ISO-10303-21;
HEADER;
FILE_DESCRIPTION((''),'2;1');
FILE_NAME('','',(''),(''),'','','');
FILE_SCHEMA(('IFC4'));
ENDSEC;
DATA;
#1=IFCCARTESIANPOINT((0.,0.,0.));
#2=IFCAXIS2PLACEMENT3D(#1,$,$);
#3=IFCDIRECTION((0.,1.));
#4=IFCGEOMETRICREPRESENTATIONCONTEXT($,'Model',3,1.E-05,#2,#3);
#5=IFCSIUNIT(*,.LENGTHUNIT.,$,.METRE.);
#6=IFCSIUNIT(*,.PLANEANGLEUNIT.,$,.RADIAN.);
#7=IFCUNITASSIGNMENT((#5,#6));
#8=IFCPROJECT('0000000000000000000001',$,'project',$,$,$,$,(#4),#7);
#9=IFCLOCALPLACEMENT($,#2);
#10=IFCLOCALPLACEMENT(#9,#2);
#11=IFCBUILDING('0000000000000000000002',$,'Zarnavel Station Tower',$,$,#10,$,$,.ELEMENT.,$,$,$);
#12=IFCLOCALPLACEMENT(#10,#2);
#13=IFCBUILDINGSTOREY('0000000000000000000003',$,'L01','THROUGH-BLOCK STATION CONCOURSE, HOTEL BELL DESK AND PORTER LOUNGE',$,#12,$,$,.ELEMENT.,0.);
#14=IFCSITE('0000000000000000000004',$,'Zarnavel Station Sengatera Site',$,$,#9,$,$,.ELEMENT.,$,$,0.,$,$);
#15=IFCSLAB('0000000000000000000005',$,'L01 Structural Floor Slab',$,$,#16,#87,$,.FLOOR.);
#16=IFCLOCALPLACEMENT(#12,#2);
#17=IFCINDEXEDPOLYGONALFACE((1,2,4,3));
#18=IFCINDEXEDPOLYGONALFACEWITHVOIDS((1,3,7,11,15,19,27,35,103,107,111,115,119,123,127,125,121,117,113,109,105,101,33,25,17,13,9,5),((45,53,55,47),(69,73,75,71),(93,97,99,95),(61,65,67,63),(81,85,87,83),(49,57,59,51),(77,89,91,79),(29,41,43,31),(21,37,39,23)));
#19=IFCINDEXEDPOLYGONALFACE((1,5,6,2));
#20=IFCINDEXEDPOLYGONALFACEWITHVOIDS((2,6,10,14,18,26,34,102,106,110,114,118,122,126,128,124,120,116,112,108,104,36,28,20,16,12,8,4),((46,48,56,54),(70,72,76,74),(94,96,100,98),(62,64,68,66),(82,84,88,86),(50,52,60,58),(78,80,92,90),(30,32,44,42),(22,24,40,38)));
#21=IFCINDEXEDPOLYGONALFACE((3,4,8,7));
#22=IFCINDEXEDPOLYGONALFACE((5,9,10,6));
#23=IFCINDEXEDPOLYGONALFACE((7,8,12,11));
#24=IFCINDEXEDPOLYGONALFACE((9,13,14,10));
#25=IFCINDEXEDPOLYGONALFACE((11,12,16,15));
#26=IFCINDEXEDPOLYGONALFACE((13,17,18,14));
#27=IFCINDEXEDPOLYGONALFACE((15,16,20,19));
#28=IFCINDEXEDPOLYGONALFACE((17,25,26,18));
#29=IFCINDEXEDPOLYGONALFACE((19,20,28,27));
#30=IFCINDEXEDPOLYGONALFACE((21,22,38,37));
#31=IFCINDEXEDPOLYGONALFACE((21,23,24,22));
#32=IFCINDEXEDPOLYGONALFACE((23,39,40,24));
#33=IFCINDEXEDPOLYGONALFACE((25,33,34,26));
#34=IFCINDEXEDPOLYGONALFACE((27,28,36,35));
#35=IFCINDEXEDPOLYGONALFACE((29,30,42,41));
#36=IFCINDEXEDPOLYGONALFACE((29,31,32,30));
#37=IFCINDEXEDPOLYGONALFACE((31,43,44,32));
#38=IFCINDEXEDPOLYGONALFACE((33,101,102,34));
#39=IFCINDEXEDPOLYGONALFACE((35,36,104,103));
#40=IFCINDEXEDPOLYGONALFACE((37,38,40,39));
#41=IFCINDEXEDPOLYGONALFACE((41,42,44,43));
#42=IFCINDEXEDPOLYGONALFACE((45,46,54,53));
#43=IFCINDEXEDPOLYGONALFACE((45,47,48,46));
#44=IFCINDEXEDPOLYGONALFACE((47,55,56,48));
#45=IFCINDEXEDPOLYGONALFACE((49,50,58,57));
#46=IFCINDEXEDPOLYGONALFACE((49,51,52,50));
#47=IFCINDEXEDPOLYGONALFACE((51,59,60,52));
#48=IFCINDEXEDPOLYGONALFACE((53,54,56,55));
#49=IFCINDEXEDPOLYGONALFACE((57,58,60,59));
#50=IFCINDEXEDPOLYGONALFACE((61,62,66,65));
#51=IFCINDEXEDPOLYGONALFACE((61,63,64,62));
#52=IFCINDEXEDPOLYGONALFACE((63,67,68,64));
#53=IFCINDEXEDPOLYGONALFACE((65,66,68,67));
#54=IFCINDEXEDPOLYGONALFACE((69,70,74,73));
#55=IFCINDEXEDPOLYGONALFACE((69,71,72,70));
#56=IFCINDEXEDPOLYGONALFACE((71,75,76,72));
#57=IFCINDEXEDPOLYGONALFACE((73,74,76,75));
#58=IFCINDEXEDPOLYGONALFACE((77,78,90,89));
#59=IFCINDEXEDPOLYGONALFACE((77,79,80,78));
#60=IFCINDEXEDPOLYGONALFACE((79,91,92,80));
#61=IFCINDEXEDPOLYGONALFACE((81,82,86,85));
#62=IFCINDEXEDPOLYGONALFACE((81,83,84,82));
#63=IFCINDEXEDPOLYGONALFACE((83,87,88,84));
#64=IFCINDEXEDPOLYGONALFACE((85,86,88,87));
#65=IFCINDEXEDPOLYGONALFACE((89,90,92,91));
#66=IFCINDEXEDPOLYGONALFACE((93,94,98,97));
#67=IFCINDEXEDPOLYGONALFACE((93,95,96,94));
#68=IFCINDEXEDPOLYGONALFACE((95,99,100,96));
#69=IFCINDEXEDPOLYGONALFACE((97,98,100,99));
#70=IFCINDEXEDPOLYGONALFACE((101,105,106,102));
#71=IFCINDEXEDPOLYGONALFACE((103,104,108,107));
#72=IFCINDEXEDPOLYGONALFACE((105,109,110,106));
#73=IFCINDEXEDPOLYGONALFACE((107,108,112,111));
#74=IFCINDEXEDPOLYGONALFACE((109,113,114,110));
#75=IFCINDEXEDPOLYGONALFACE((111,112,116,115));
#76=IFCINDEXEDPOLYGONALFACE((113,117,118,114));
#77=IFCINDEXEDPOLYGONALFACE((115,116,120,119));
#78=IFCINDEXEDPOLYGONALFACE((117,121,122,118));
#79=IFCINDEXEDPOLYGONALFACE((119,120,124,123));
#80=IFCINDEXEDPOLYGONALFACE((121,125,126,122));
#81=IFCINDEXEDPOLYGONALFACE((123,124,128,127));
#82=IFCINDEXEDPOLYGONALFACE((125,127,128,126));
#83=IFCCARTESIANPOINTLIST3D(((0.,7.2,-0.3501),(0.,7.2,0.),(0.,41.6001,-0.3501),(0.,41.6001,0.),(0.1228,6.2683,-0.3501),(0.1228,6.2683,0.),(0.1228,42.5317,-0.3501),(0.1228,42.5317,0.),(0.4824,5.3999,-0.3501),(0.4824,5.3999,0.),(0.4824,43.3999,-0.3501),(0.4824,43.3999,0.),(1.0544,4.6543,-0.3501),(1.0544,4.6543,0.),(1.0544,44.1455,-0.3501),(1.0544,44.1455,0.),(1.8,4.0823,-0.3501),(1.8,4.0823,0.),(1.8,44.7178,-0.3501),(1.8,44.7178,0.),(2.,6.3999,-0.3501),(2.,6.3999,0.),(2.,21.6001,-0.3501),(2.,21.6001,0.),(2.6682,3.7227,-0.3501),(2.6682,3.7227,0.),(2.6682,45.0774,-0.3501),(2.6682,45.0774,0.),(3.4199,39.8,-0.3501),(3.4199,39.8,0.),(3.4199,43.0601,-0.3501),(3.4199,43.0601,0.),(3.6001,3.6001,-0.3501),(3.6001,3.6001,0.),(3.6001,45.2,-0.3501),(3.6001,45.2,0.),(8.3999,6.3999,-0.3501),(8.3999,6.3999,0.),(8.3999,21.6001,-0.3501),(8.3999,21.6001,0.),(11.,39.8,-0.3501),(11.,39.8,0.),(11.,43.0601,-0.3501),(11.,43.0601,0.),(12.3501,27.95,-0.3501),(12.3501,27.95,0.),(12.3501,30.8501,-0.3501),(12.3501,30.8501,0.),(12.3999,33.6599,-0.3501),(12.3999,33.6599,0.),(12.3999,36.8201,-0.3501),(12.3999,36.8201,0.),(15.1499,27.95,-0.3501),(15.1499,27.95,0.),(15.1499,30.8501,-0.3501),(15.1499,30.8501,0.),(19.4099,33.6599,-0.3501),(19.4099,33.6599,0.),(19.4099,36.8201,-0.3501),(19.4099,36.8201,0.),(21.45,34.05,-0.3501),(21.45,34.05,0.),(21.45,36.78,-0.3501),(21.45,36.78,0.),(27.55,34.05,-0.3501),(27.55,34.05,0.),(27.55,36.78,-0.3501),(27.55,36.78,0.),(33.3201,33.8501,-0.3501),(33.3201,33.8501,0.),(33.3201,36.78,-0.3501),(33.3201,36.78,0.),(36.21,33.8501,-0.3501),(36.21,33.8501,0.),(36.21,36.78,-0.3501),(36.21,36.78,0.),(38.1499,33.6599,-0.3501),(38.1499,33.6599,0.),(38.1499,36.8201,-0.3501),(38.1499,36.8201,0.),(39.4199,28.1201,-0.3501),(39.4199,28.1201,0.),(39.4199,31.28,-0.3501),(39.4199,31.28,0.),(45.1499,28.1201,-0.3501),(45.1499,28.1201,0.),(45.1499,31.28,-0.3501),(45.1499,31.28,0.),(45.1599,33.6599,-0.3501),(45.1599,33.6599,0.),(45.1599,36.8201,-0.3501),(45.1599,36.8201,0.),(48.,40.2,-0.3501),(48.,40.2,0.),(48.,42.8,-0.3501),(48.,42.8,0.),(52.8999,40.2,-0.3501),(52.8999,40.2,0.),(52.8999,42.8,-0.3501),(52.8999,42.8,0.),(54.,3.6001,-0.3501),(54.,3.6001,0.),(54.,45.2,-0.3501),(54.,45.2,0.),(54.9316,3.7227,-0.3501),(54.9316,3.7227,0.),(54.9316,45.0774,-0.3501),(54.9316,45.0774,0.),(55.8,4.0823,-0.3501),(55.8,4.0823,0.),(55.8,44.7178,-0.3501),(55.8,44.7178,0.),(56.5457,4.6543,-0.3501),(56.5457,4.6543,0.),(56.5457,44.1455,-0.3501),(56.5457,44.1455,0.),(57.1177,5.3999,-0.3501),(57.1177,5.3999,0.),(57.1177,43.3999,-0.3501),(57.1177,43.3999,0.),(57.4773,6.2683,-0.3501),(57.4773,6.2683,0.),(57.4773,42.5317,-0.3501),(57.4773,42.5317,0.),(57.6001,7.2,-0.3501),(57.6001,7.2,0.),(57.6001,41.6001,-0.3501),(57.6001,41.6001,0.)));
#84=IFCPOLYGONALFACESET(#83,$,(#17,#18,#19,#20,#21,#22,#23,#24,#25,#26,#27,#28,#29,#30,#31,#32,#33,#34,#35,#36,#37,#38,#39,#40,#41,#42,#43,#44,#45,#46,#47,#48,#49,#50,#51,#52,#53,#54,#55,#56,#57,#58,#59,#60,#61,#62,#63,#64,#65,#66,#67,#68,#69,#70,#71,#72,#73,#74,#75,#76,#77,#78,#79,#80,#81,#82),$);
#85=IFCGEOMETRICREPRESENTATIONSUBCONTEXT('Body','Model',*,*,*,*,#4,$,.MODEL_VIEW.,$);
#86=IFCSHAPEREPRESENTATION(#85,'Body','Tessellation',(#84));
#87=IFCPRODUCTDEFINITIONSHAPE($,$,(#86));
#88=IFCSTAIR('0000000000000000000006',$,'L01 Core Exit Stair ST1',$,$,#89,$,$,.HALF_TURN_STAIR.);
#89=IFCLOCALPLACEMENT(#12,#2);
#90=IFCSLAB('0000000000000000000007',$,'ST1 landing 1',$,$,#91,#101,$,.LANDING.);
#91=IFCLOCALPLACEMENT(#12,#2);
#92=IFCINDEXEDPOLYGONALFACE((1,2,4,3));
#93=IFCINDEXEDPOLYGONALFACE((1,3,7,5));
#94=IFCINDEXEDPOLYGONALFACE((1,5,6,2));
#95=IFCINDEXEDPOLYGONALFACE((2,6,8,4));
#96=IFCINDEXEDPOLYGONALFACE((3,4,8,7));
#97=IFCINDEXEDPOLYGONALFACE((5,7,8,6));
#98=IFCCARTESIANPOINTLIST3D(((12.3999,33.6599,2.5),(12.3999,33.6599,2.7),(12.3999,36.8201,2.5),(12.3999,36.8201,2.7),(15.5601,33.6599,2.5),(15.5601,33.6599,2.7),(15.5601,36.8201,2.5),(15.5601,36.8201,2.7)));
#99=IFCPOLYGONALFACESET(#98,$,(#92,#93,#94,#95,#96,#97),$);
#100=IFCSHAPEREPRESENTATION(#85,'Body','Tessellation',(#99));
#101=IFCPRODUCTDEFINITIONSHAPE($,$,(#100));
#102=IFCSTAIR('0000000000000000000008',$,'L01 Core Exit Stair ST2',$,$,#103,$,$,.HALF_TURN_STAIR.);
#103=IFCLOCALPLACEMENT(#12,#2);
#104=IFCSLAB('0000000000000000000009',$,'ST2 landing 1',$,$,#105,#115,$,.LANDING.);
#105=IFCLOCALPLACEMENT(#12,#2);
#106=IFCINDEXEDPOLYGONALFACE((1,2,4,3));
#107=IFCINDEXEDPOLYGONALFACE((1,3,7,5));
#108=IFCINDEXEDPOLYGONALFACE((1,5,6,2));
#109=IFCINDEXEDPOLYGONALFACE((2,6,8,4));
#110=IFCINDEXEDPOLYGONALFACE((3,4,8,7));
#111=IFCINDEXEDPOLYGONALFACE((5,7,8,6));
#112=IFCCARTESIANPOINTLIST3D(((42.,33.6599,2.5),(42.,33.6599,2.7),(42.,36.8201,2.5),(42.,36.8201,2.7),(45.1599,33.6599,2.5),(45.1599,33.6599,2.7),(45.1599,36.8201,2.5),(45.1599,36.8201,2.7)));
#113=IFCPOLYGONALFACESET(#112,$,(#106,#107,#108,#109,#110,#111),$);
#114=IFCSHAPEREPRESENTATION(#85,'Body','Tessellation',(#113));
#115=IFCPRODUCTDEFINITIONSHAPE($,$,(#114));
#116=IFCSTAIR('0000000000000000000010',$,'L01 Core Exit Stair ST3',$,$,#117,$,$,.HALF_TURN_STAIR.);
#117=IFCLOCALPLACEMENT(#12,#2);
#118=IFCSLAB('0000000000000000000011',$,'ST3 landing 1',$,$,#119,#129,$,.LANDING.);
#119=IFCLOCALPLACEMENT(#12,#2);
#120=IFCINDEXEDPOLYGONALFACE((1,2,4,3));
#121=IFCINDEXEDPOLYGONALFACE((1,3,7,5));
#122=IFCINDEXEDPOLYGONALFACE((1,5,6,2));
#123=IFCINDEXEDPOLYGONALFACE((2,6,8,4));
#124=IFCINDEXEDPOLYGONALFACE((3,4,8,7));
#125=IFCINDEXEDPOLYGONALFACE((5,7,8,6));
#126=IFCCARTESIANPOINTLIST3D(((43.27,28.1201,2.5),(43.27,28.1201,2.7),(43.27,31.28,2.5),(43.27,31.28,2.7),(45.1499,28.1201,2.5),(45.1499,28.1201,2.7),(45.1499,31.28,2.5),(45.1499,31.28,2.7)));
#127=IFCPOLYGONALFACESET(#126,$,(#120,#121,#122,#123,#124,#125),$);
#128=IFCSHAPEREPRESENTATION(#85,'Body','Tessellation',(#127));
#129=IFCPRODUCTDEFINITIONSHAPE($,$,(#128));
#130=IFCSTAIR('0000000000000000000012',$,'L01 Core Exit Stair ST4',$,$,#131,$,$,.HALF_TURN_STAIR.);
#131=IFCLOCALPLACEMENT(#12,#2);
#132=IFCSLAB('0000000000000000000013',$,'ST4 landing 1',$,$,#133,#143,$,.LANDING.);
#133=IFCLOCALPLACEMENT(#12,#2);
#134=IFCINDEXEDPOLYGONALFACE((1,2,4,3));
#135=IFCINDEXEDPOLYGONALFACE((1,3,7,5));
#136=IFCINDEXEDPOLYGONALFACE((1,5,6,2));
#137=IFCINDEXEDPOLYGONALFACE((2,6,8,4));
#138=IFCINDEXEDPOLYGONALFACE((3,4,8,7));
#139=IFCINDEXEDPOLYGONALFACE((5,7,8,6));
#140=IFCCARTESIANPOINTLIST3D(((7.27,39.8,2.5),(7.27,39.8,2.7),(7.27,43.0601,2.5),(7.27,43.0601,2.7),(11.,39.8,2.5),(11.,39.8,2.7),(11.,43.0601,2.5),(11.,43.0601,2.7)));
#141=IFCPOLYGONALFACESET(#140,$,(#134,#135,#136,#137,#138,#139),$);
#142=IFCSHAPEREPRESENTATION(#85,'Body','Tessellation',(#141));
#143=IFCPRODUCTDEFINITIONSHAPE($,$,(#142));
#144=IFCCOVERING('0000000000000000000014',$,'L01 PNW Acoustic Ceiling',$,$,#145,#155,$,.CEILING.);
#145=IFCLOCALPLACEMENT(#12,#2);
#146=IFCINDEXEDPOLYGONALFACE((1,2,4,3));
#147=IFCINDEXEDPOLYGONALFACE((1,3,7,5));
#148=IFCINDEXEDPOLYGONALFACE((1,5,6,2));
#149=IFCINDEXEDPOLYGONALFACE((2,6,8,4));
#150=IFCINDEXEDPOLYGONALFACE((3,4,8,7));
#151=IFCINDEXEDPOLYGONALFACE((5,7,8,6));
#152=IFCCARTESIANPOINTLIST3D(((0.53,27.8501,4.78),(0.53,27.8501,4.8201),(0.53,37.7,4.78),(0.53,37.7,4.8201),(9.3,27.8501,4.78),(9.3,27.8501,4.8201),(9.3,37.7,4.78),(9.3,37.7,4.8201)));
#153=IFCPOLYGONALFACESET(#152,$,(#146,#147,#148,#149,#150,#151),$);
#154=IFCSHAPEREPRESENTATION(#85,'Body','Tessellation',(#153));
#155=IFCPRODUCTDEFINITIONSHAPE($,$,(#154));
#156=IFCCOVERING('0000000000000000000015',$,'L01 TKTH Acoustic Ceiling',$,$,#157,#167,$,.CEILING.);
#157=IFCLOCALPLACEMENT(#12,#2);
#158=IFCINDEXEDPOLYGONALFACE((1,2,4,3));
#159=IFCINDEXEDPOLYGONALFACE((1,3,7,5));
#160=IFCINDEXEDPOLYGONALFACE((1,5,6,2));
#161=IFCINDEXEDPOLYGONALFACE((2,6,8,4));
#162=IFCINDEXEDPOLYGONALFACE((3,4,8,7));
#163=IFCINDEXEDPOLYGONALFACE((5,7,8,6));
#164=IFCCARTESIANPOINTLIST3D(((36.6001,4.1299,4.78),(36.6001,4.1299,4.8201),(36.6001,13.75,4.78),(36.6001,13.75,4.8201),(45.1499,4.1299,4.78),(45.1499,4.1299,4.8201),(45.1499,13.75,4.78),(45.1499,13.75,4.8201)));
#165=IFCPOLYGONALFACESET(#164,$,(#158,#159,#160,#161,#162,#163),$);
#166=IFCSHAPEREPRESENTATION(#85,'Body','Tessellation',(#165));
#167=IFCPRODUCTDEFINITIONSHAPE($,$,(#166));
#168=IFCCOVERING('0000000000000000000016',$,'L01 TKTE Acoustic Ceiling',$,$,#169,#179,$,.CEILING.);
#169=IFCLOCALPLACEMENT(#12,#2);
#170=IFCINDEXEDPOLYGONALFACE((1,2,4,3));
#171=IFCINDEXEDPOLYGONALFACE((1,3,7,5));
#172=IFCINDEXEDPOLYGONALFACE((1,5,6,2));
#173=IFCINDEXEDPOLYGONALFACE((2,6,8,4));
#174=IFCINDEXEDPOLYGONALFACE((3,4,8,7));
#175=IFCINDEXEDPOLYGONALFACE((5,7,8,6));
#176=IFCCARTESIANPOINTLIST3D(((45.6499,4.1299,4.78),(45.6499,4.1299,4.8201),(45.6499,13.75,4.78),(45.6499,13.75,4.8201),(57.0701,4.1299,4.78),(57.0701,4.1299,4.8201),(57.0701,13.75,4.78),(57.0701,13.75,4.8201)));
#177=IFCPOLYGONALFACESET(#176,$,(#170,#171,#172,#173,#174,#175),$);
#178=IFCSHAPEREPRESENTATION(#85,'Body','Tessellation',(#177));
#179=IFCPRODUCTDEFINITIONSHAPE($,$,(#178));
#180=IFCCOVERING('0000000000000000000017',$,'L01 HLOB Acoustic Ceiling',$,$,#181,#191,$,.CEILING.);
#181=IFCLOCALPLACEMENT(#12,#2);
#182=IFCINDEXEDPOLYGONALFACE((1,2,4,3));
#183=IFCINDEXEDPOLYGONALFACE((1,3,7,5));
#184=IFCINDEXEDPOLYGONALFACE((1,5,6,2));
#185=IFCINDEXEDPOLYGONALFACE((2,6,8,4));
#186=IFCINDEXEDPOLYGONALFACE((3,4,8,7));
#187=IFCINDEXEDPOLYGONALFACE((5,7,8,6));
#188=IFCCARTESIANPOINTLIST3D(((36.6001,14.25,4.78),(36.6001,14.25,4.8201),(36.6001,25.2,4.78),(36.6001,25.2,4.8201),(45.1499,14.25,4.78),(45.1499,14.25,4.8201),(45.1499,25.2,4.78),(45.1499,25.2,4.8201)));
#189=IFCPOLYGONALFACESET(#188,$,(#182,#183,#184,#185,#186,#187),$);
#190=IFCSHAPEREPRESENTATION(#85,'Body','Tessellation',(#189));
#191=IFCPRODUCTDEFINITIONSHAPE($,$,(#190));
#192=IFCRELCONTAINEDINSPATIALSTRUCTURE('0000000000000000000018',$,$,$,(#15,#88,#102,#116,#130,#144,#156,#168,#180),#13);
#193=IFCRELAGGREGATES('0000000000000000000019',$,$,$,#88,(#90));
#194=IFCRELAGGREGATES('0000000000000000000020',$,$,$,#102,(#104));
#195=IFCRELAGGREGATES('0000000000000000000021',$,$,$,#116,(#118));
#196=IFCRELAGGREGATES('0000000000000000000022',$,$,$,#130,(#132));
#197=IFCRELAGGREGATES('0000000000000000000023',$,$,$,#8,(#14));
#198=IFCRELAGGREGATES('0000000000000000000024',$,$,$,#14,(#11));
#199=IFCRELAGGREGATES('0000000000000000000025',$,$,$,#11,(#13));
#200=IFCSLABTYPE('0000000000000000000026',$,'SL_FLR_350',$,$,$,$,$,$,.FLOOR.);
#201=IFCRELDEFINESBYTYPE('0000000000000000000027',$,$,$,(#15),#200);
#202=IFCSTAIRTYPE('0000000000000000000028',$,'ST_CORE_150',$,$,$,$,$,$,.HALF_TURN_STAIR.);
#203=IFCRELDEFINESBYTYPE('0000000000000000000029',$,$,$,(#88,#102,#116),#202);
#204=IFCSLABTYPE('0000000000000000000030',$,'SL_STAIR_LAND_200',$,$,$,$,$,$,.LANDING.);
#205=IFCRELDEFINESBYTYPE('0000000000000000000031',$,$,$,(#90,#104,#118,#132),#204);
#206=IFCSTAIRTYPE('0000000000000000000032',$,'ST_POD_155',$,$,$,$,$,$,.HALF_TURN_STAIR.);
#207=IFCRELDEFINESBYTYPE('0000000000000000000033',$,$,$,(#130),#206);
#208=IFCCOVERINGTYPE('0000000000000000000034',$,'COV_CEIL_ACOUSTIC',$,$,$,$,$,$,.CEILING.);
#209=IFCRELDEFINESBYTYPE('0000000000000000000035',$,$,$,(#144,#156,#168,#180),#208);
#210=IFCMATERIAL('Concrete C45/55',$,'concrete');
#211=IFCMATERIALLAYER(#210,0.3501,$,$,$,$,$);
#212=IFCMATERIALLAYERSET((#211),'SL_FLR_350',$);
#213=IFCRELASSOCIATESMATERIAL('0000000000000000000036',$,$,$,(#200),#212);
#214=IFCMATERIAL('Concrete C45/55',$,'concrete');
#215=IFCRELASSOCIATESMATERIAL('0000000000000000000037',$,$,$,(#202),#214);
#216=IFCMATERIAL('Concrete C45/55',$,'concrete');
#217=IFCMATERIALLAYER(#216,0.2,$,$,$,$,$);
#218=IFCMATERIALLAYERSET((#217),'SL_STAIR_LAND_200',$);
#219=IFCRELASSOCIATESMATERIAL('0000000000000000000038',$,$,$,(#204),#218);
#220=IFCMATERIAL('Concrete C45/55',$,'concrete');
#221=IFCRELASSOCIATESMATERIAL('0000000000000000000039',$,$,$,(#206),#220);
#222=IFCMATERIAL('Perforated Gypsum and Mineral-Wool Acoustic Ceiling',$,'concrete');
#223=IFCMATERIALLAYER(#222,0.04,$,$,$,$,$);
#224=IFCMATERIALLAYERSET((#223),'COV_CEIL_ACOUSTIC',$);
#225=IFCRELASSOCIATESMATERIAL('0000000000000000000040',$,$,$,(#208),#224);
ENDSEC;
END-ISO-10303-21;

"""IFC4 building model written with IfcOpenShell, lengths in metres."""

from ifc_helpers import new_model, si_unit, direction, frame, origin, place, context, subcontext, project, spatial, polyline, outline, extrude, material, layer, layer_set, type_object, element, aggregate, save


model = new_model("IFC4")

# Units and contexts
model_context = context("Model", 3, precision=1e-05, world=origin(), true_north=direction((0.0, 1.0)))
body_context = subcontext(model_context, "Body", "Model", "MODEL_VIEW")
ifc_project = project(units=[si_unit("LENGTHUNIT", "METRE"), si_unit("PLANEANGLEUNIT", "RADIAN")], contexts=[model_context])

# Site, building, storey
site_placement = place(None, origin())
site = spatial("IfcSite", under=ifc_project, at=site_placement, Name="Zarnavel Station Sengatera Site", CompositionType="ELEMENT", RefElevation=0.0)
building_placement = place(site_placement, origin())
building = spatial("IfcBuilding", under=site, at=building_placement, Name="Zarnavel Station Tower", CompositionType="ELEMENT")
storey_placement = place(building_placement, origin())
storey = spatial("IfcBuildingStorey", under=building, at=storey_placement, Name="L01", Description="THROUGH-BLOCK STATION CONCOURSE, HOTEL BELL DESK AND PORTER LOUNGE", CompositionType="ELEMENT", Elevation=0.0)

# Slab
ifc_material_1 = material(Name="Concrete C45/55", Category="concrete")
ifc_layer_1 = layer(ifc_material_1, 0.3501)
ifc_layer_set_1 = layer_set([ifc_layer_1], Name="SL_FLR_350")
slab_type_1 = type_object("IfcSlabType", Name="SL_FLR_350", PredefinedType="FLOOR", material=ifc_layer_set_1)
slab_1_placement = place(storey_placement, frame((0.0, 0.0, -0.3501)))
element("IfcSlab", 1, at=slab_1_placement, inside=storey, type_object=slab_type_1, Name="L01 Structural Floor Slab", PredefinedType="FLOOR", context=body_context, shape_type="SweptSolid", body=[
    extrude(outline(polyline([(54.0, 3.6001), (54.9316, 3.7227), (55.8, 4.0823), (56.5457, 4.6543), (57.1177, 5.3999), (57.4773, 6.2683), (57.6001, 7.2), (57.6001, 41.6001), (57.4773, 42.5317), (57.1177, 43.3999), (56.5457, 44.1455), (55.8, 44.7178), (54.9316, 45.0774), (54.0, 45.2), (3.6001, 45.2), (2.6682, 45.0774), (1.8, 44.7178), (1.0544, 44.1455), (0.4824, 43.3999), (0.1228, 42.5317), (0.0, 41.6001), (0.0, 7.2), (0.1228, 6.2683), (0.4824, 5.3999), (1.0544, 4.6543), (1.8, 4.0823), (2.6682, 3.7227), (3.6001, 3.6001), (54.0, 3.6001)]), holes=[polyline([(12.3999, 33.6599), (19.4099, 33.6599), (19.4099, 36.8201), (12.3999, 36.8201), (12.3999, 33.6599)]), polyline([(38.1499, 33.6599), (45.1599, 33.6599), (45.1599, 36.8201), (38.1499, 36.8201), (38.1499, 33.6599)]), polyline([(39.4199, 28.1201), (45.1499, 28.1201), (45.1499, 31.28), (39.4199, 31.28), (39.4199, 28.1201)]), polyline([(3.4199, 39.8), (11.0, 39.8), (11.0, 43.0601), (3.4199, 43.0601), (3.4199, 39.8)]), polyline([(12.3501, 27.95), (15.1499, 27.95), (15.1499, 30.8501), (12.3501, 30.8501), (12.3501, 27.95)]), polyline([(33.3201, 33.8501), (36.21, 33.8501), (36.21, 36.78), (33.3201, 36.78), (33.3201, 33.8501)]), polyline([(21.45, 34.05), (27.55, 34.05), (27.55, 36.78), (21.45, 36.78), (21.45, 34.05)]), polyline([(48.0, 40.2), (52.8999, 40.2), (52.8999, 42.8), (48.0, 42.8), (48.0, 40.2)]), polyline([(2.0, 6.3999), (8.3999, 6.3999), (8.3999, 21.6001), (2.0, 21.6001), (2.0, 6.3999)])]), origin(), (0.0, 0.0, 1.0), 0.3501),
])

# Stairs, slabs
ifc_material_2 = material(Name="Concrete C45/55", Category="concrete")
stair_type_1 = type_object("IfcStairType", Name="ST_CORE_150", PredefinedType="HALF_TURN_STAIR", material=ifc_material_2)
stair_1_placement = place(storey_placement, origin())
stair_1 = element("IfcStair", 2, at=stair_1_placement, inside=storey, type_object=stair_type_1, Name="L01 Core Exit Stair ST1", PredefinedType="HALF_TURN_STAIR")
ifc_material_3 = material(Name="Concrete C45/55", Category="concrete")
ifc_layer_2 = layer(ifc_material_3, 0.2)
ifc_layer_set_2 = layer_set([ifc_layer_2], Name="SL_STAIR_LAND_200")
slab_type_2 = type_object("IfcSlabType", Name="SL_STAIR_LAND_200", PredefinedType="LANDING", material=ifc_layer_set_2)
slab_2_placement = place(storey_placement, frame((0.0, 0.0, 2.5)))
slab_2 = element("IfcSlab", 3, at=slab_2_placement, type_object=slab_type_2, Name="ST1 landing 1", PredefinedType="LANDING", context=body_context, shape_type="SweptSolid", body=[
    extrude(outline(polyline([(15.5601, 36.8201), (12.3999, 36.8201), (12.3999, 33.6599), (15.5601, 33.6599), (15.5601, 36.8201)])), origin(), (0.0, 0.0, 1.0), 0.2),
])
aggregate(stair_1, [slab_2])
stair_2_placement = place(storey_placement, origin())
stair_2 = element("IfcStair", 4, at=stair_2_placement, inside=storey, type_object=stair_type_1, Name="L01 Core Exit Stair ST2", PredefinedType="HALF_TURN_STAIR")
slab_3_placement = place(storey_placement, frame((0.0, 0.0, 2.5)))
slab_3 = element("IfcSlab", 5, at=slab_3_placement, type_object=slab_type_2, Name="ST2 landing 1", PredefinedType="LANDING", context=body_context, shape_type="SweptSolid", body=[
    extrude(outline(polyline([(42.0, 33.6599), (45.1599, 33.6599), (45.1599, 36.8201), (42.0, 36.8201), (42.0, 33.6599)])), origin(), (0.0, 0.0, 1.0), 0.2),
])
aggregate(stair_2, [slab_3])
stair_3_placement = place(storey_placement, origin())
stair_3 = element("IfcStair", 6, at=stair_3_placement, inside=storey, type_object=stair_type_1, Name="L01 Core Exit Stair ST3", PredefinedType="HALF_TURN_STAIR")
slab_4_placement = place(storey_placement, frame((0.0, 0.0, 2.5)))
slab_4 = element("IfcSlab", 7, at=slab_4_placement, type_object=slab_type_2, Name="ST3 landing 1", PredefinedType="LANDING", context=body_context, shape_type="SweptSolid", body=[
    extrude(outline(polyline([(43.27, 28.1201), (45.1499, 28.1201), (45.1499, 31.28), (43.27, 31.28), (43.27, 28.1201)])), origin(), (0.0, 0.0, 1.0), 0.2),
])
aggregate(stair_3, [slab_4])
ifc_material_4 = material(Name="Concrete C45/55", Category="concrete")
stair_type_2 = type_object("IfcStairType", Name="ST_POD_155", PredefinedType="HALF_TURN_STAIR", material=ifc_material_4)
stair_4_placement = place(storey_placement, origin())
stair_4 = element("IfcStair", 8, at=stair_4_placement, inside=storey, type_object=stair_type_2, Name="L01 Core Exit Stair ST4", PredefinedType="HALF_TURN_STAIR")
slab_5_placement = place(storey_placement, frame((0.0, 0.0, 2.5)))
slab_5 = element("IfcSlab", 9, at=slab_5_placement, type_object=slab_type_2, Name="ST4 landing 1", PredefinedType="LANDING", context=body_context, shape_type="SweptSolid", body=[
    extrude(outline(polyline([(7.27, 39.8), (11.0, 39.8), (11.0, 43.0601), (7.27, 43.0601), (7.27, 39.8)])), origin(), (0.0, 0.0, 1.0), 0.2),
])
aggregate(stair_4, [slab_5])

# Coverings
ifc_material_5 = material(Name="Perforated Gypsum and Mineral-Wool Acoustic Ceiling", Category="concrete")
ifc_layer_3 = layer(ifc_material_5, 0.04)
ifc_layer_set_3 = layer_set([ifc_layer_3], Name="COV_CEIL_ACOUSTIC")
covering_type_1 = type_object("IfcCoveringType", Name="COV_CEIL_ACOUSTIC", PredefinedType="CEILING", material=ifc_layer_set_3)
covering_1_placement = place(storey_placement, frame((0.0, 0.0, 4.78)))
element("IfcCovering", 10, at=covering_1_placement, inside=storey, type_object=covering_type_1, Name="L01 PNW Acoustic Ceiling", PredefinedType="CEILING", context=body_context, shape_type="SweptSolid", body=[
    extrude(outline(polyline([(0.53, 27.8501), (9.3, 27.8501), (9.3, 37.7), (0.53, 37.7), (0.53, 27.8501)])), origin(), (0.0, 0.0, 1.0), 0.04),
])
covering_2_placement = place(storey_placement, frame((0.0, 0.0, 4.78)))
element("IfcCovering", 11, at=covering_2_placement, inside=storey, type_object=covering_type_1, Name="L01 TKTH Acoustic Ceiling", PredefinedType="CEILING", context=body_context, shape_type="SweptSolid", body=[
    extrude(outline(polyline([(36.6001, 4.1299), (45.1499, 4.1299), (45.1499, 13.75), (36.6001, 13.75), (36.6001, 4.1299)])), origin(), (0.0, 0.0, 1.0), 0.04),
])
covering_3_placement = place(storey_placement, frame((0.0, 0.0, 4.78)))
element("IfcCovering", 12, at=covering_3_placement, inside=storey, type_object=covering_type_1, Name="L01 TKTE Acoustic Ceiling", PredefinedType="CEILING", context=body_context, shape_type="SweptSolid", body=[
    extrude(outline(polyline([(45.6499, 4.1299), (57.0701, 4.1299), (57.0701, 13.75), (45.6499, 13.75), (45.6499, 4.1299)])), origin(), (0.0, 0.0, 1.0), 0.04),
])
covering_4_placement = place(storey_placement, frame((0.0, 0.0, 4.78)))
element("IfcCovering", 13, at=covering_4_placement, inside=storey, type_object=covering_type_1, Name="L01 HLOB Acoustic Ceiling", PredefinedType="CEILING", context=body_context, shape_type="SweptSolid", body=[
    extrude(outline(polyline([(36.6001, 14.25), (45.1499, 14.25), (45.1499, 25.2), (36.6001, 25.2), (36.6001, 14.25)])), origin(), (0.0, 0.0, 1.0), 0.04),
])

save(model, "model.ifc")
